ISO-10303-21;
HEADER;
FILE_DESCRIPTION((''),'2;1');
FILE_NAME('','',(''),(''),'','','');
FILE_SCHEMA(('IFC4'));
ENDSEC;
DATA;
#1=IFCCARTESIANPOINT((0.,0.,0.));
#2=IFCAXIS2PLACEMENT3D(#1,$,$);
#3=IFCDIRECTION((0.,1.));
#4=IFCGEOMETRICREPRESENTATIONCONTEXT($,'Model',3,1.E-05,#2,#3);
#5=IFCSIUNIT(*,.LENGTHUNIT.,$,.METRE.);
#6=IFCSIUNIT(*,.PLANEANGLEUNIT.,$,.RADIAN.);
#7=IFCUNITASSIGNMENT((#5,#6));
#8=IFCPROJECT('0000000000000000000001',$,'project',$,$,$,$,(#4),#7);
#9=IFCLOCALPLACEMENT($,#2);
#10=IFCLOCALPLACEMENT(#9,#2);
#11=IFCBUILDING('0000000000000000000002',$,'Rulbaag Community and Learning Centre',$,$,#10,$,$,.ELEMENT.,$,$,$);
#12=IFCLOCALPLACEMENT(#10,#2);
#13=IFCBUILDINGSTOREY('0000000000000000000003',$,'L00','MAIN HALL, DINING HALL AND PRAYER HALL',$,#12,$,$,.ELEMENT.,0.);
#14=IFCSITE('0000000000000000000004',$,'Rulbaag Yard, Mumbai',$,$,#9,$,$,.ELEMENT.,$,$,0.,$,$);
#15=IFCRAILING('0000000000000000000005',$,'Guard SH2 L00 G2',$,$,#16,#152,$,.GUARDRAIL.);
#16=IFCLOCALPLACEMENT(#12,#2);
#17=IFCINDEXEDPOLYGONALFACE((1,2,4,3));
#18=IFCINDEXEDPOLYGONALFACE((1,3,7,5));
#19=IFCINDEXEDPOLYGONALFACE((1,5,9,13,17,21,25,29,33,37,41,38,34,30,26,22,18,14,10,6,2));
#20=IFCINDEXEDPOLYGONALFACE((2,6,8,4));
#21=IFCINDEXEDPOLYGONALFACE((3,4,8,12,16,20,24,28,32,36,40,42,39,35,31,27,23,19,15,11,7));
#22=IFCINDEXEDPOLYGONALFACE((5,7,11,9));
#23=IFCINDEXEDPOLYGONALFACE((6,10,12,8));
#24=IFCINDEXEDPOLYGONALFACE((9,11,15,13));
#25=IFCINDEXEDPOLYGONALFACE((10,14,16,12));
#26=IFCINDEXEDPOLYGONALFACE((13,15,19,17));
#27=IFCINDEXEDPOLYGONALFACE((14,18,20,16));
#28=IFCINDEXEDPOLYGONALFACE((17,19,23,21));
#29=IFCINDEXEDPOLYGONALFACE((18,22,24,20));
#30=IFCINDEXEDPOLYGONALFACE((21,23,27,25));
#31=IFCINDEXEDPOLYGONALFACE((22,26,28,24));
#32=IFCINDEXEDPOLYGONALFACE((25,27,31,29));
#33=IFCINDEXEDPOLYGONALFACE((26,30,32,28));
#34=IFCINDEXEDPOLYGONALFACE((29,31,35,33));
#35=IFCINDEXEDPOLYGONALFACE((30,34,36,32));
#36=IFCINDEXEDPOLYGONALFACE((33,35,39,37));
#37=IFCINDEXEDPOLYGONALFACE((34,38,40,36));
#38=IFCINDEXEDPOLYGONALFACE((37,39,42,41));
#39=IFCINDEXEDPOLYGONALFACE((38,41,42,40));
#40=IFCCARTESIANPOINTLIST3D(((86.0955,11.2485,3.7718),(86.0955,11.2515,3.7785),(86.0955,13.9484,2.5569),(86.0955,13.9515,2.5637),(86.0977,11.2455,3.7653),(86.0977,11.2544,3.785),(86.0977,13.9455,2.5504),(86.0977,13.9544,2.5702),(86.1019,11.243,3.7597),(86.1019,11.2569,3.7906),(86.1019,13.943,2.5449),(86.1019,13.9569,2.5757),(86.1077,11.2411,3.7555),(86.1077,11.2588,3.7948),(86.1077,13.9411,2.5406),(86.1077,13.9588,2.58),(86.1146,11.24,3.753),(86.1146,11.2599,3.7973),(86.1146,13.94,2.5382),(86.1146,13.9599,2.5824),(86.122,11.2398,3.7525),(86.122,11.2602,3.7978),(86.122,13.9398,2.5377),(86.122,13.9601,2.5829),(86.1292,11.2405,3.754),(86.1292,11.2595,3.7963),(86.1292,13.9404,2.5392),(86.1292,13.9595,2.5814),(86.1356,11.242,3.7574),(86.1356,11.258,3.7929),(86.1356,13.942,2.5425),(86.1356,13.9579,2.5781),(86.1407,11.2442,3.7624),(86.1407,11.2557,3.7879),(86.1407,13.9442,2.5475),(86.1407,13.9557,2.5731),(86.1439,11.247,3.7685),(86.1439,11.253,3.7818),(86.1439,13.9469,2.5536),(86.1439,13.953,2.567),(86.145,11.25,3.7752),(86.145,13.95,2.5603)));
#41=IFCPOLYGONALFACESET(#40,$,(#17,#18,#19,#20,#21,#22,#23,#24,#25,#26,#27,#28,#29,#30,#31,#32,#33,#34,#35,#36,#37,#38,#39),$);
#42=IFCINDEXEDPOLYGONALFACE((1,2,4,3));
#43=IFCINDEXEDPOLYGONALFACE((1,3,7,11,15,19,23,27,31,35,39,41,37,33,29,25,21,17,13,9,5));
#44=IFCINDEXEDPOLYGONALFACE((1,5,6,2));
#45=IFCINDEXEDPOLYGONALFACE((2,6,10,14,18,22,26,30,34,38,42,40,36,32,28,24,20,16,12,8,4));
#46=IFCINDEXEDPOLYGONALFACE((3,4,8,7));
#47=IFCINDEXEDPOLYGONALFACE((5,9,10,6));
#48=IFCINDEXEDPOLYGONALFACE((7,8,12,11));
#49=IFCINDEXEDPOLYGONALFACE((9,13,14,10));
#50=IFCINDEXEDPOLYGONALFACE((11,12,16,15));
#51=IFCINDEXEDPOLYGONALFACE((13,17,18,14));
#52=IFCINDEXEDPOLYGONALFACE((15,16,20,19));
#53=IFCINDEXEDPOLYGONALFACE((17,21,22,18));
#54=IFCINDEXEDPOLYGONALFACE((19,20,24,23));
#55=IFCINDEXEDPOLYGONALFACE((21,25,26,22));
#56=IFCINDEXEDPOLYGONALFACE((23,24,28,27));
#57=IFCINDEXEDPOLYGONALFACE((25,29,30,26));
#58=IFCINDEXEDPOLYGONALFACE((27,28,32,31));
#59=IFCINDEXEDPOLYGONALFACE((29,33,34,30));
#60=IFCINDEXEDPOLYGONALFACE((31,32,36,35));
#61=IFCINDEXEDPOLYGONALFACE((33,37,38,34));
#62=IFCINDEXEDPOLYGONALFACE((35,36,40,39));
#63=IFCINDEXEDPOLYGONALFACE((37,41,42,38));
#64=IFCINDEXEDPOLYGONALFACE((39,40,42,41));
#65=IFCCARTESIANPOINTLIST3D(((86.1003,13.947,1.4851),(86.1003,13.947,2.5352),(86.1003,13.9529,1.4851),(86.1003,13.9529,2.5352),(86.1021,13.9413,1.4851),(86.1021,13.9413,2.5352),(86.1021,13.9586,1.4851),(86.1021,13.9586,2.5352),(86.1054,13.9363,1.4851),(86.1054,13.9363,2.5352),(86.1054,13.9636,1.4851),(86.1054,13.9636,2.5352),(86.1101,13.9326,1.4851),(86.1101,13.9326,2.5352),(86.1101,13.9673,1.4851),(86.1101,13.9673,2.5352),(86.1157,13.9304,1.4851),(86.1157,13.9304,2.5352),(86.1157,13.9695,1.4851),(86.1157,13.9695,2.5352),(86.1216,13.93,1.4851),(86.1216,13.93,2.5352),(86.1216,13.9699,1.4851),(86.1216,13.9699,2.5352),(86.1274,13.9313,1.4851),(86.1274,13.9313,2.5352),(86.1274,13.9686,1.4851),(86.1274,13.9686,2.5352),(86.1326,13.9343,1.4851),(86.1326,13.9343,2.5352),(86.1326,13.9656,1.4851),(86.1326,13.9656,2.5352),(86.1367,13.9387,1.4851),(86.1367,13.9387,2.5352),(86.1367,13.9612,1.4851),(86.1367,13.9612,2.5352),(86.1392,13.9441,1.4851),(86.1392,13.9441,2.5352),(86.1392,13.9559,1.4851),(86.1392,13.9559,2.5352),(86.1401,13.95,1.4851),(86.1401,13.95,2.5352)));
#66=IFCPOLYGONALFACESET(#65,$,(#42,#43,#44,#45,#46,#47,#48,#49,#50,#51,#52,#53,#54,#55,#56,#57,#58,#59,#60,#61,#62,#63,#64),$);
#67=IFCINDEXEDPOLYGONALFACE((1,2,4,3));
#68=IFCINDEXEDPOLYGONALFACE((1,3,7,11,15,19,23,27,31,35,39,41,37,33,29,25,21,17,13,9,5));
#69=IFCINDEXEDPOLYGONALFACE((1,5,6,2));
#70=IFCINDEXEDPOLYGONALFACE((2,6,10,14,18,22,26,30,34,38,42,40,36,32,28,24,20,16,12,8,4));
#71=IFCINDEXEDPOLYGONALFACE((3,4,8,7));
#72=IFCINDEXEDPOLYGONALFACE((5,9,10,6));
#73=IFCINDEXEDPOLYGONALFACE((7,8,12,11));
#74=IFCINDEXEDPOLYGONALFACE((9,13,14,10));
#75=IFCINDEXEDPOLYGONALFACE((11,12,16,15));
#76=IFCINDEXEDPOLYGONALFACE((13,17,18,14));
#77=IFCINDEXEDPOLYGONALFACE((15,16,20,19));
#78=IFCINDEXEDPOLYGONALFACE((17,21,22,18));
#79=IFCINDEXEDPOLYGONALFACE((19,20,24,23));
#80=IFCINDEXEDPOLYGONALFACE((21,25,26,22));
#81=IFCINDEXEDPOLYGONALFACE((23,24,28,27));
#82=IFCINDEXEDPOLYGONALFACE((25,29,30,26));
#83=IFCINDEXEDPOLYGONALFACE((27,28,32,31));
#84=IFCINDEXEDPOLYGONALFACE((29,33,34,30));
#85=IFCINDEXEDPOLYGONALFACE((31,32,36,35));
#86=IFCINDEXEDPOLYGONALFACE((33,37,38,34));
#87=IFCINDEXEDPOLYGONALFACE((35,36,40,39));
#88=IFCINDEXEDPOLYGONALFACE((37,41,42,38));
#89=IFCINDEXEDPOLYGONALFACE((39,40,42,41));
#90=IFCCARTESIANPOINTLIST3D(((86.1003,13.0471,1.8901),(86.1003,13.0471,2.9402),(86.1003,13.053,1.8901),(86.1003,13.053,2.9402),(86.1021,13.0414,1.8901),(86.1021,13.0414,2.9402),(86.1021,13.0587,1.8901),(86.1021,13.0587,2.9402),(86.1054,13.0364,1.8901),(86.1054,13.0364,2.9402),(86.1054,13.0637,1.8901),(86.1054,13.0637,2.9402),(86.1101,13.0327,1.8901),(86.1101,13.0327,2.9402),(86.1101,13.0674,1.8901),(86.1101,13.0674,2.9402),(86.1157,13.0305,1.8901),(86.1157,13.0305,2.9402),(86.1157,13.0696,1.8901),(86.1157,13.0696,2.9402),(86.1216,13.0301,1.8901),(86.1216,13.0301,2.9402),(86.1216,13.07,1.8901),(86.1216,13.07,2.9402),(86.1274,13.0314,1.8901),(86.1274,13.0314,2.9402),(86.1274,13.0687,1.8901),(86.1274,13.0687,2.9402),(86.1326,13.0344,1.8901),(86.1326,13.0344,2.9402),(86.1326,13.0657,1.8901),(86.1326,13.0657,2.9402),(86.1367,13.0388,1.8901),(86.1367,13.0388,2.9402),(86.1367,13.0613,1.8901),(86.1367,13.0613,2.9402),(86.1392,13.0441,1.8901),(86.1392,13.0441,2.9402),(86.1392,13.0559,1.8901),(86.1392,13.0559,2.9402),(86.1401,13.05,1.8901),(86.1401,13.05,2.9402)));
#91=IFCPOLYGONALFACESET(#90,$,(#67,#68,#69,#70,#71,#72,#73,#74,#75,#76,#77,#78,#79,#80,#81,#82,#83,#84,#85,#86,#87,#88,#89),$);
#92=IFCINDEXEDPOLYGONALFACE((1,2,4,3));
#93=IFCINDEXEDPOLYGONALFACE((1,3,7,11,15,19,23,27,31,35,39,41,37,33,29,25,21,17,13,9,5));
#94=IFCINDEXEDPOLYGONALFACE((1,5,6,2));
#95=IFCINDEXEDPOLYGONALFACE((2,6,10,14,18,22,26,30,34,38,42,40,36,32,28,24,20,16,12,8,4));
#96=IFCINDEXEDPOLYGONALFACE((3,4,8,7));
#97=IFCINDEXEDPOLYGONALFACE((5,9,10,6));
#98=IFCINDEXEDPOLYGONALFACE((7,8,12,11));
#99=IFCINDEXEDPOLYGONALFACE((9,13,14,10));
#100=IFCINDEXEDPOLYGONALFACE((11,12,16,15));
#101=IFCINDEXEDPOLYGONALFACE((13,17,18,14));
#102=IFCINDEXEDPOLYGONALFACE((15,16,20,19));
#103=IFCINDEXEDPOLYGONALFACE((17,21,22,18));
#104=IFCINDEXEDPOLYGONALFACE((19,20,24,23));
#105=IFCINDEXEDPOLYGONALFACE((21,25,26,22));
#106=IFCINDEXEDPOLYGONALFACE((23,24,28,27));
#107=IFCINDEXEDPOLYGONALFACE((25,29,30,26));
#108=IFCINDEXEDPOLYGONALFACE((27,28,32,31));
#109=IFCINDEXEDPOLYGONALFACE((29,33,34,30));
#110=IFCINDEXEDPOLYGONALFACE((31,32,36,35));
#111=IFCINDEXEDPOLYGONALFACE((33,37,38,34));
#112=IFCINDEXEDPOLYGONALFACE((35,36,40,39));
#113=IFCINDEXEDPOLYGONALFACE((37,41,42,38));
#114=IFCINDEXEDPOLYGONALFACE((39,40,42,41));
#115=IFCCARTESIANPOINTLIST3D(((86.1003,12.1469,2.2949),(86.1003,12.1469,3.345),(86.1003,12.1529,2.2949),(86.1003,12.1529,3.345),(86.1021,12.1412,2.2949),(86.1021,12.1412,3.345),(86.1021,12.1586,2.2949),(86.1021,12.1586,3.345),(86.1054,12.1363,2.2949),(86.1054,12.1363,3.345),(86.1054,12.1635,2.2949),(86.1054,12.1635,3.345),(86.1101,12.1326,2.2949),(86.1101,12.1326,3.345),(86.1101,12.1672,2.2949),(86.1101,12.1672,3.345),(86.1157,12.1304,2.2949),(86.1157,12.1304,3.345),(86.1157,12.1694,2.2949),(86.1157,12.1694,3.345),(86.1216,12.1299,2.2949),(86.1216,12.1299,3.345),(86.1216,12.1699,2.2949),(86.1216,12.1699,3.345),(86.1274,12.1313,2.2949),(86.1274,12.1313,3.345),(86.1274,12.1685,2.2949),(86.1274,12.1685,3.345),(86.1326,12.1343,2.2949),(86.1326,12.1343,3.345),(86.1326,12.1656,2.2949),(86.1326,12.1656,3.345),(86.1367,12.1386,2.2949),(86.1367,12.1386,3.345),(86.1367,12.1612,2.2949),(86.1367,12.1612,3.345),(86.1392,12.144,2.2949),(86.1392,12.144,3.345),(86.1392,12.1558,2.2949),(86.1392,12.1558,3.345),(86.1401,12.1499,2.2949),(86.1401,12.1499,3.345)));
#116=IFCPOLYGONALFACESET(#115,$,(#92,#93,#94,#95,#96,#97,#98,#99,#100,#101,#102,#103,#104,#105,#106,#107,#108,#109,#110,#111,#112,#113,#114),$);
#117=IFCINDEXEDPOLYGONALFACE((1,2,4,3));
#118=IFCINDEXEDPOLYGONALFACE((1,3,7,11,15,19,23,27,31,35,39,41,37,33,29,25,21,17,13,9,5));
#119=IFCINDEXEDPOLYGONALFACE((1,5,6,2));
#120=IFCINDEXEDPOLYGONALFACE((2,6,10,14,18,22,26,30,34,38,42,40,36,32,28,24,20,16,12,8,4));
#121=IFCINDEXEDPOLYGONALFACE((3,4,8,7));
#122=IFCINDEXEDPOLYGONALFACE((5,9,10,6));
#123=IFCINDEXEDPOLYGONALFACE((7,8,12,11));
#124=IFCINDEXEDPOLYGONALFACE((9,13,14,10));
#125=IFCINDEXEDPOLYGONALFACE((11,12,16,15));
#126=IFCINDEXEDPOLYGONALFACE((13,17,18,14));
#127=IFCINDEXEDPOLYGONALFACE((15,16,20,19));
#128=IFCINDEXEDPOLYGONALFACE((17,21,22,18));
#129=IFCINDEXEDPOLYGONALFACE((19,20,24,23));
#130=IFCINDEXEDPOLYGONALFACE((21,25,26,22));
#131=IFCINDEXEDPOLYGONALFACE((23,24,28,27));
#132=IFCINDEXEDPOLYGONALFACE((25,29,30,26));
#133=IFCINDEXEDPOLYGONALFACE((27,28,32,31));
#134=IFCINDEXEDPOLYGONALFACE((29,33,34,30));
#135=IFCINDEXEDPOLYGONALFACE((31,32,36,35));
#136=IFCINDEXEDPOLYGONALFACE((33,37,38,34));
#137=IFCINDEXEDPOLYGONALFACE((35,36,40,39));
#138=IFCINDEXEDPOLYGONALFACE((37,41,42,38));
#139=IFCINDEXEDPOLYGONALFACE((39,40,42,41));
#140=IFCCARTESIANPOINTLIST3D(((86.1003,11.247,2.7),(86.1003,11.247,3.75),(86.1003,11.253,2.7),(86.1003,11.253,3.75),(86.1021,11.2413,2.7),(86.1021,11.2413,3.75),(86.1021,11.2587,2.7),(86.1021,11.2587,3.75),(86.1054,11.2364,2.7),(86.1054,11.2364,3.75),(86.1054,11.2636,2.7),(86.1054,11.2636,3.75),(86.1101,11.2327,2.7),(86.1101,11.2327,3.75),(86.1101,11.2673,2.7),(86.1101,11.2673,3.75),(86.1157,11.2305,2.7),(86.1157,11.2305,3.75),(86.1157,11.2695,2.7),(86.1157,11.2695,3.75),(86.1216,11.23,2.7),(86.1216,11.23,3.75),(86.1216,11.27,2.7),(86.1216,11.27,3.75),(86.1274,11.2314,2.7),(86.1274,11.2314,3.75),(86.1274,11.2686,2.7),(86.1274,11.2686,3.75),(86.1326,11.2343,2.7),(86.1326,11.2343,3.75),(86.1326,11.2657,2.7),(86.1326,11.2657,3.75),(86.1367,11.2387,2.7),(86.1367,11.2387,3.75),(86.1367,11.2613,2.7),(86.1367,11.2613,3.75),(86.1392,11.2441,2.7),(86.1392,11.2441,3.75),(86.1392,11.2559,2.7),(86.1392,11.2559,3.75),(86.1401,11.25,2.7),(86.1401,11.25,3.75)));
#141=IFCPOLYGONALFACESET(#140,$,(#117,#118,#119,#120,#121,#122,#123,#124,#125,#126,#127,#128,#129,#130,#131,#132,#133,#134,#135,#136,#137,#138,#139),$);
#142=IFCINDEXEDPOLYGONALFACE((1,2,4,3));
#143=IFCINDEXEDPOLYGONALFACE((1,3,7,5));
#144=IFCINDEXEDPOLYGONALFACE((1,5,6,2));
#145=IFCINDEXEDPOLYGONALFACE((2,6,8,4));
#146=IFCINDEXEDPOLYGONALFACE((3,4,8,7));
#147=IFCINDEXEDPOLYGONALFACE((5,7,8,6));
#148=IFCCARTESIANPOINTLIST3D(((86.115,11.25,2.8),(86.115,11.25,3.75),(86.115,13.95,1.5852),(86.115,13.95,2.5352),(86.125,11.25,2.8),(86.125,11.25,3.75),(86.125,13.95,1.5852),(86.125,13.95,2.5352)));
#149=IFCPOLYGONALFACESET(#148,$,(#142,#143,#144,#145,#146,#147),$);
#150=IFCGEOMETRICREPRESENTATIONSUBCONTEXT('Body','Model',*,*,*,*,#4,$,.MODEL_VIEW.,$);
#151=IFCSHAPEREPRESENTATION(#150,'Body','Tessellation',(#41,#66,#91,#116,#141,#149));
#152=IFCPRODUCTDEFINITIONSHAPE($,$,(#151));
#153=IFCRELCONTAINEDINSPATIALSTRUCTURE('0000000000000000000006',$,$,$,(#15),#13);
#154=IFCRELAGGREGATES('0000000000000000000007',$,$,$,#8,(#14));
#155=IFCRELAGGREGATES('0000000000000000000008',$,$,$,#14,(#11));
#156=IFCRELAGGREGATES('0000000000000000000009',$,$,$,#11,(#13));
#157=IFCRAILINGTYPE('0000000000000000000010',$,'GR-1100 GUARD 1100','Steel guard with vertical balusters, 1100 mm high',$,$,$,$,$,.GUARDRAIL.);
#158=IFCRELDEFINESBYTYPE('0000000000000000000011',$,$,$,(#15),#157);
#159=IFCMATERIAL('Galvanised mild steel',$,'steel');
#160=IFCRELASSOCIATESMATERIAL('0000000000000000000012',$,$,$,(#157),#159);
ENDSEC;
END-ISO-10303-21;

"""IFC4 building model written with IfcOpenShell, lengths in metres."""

from ifc_helpers import new_model, si_unit, direction, frame, origin, origin_2d, place, context, subcontext, project, spatial, polyline, circle, outline, extrude, material, type_object, element, save


model = new_model("IFC4")

# Units and contexts
model_context = context("Model", 3, precision=1e-05, world=origin(), true_north=direction((0.0, 1.0)))
body_context = subcontext(model_context, "Body", "Model", "MODEL_VIEW")
ifc_project = project(units=[si_unit("LENGTHUNIT", "METRE"), si_unit("PLANEANGLEUNIT", "RADIAN")], contexts=[model_context])

# Site, building, storey
site_placement = place(None, origin())
site = spatial("IfcSite", under=ifc_project, at=site_placement, Name="Rulbaag Yard, Mumbai", CompositionType="ELEMENT", RefElevation=0.0)
building_placement = place(site_placement, origin())
building = spatial("IfcBuilding", under=site, at=building_placement, Name="Rulbaag Community and Learning Centre", CompositionType="ELEMENT")
storey_placement = place(building_placement, origin())
storey = spatial("IfcBuildingStorey", under=building, at=storey_placement, Name="L00", Description="MAIN HALL, DINING HALL AND PRAYER HALL", CompositionType="ELEMENT", Elevation=0.0)

# Railing
ifc_material_1 = material(Name="Galvanised mild steel", Category="steel")
railing_type_1 = type_object("IfcRailingType", Name="GR-1100 GUARD 1100", Description="Steel guard with vertical balusters, 1100 mm high", PredefinedType="GUARDRAIL", material=ifc_material_1)
railing_1_placement = place(storey_placement, frame((86.1201, 13.95, 1.4851)))
element("IfcRailing", 1, at=railing_1_placement, inside=storey, type_object=railing_type_1, Name="Guard SH2 L00 G2", PredefinedType="GUARDRAIL", context=body_context, shape_type="SweptSolid", body=[
    extrude(circle(Radius=0.0249, at=origin_2d()), frame((0.0, 0.0, 1.0752), z_axis=(0.0, -0.911938, 0.410327), x_axis=(1.0, 0.0, 0.0)), (0.0, 0.0, 1.0), 2.9607),
    extrude(circle(Radius=0.02, at=origin_2d()), origin(), (0.0, 0.0, 1.0), 1.05),
    extrude(circle(Radius=0.02, at=origin_2d()), frame((0.0, -0.8999, 0.405)), (0.0, 0.0, 1.0), 1.05),
    extrude(circle(Radius=0.02, at=origin_2d()), frame((0.0, -1.8, 0.8098)), (0.0, 0.0, 1.0), 1.05),
    extrude(circle(Radius=0.02, at=origin_2d()), frame((0.0, -2.7, 1.2148)), (0.0, 0.0, 1.0), 1.05),
    extrude(outline(polyline([(0.0, 0.0), (2.7, 1.2148), (2.7, 2.1648), (0.0, 0.95), (0.0, 0.0)])), frame((0.0049, 0.0, 0.1001), z_axis=(-1.0, 0.0, 0.0), x_axis=(0.0, -1.0, 0.0)), (0.0, 0.0, 1.0), 0.01),
])

save(model, "model.ifc")
